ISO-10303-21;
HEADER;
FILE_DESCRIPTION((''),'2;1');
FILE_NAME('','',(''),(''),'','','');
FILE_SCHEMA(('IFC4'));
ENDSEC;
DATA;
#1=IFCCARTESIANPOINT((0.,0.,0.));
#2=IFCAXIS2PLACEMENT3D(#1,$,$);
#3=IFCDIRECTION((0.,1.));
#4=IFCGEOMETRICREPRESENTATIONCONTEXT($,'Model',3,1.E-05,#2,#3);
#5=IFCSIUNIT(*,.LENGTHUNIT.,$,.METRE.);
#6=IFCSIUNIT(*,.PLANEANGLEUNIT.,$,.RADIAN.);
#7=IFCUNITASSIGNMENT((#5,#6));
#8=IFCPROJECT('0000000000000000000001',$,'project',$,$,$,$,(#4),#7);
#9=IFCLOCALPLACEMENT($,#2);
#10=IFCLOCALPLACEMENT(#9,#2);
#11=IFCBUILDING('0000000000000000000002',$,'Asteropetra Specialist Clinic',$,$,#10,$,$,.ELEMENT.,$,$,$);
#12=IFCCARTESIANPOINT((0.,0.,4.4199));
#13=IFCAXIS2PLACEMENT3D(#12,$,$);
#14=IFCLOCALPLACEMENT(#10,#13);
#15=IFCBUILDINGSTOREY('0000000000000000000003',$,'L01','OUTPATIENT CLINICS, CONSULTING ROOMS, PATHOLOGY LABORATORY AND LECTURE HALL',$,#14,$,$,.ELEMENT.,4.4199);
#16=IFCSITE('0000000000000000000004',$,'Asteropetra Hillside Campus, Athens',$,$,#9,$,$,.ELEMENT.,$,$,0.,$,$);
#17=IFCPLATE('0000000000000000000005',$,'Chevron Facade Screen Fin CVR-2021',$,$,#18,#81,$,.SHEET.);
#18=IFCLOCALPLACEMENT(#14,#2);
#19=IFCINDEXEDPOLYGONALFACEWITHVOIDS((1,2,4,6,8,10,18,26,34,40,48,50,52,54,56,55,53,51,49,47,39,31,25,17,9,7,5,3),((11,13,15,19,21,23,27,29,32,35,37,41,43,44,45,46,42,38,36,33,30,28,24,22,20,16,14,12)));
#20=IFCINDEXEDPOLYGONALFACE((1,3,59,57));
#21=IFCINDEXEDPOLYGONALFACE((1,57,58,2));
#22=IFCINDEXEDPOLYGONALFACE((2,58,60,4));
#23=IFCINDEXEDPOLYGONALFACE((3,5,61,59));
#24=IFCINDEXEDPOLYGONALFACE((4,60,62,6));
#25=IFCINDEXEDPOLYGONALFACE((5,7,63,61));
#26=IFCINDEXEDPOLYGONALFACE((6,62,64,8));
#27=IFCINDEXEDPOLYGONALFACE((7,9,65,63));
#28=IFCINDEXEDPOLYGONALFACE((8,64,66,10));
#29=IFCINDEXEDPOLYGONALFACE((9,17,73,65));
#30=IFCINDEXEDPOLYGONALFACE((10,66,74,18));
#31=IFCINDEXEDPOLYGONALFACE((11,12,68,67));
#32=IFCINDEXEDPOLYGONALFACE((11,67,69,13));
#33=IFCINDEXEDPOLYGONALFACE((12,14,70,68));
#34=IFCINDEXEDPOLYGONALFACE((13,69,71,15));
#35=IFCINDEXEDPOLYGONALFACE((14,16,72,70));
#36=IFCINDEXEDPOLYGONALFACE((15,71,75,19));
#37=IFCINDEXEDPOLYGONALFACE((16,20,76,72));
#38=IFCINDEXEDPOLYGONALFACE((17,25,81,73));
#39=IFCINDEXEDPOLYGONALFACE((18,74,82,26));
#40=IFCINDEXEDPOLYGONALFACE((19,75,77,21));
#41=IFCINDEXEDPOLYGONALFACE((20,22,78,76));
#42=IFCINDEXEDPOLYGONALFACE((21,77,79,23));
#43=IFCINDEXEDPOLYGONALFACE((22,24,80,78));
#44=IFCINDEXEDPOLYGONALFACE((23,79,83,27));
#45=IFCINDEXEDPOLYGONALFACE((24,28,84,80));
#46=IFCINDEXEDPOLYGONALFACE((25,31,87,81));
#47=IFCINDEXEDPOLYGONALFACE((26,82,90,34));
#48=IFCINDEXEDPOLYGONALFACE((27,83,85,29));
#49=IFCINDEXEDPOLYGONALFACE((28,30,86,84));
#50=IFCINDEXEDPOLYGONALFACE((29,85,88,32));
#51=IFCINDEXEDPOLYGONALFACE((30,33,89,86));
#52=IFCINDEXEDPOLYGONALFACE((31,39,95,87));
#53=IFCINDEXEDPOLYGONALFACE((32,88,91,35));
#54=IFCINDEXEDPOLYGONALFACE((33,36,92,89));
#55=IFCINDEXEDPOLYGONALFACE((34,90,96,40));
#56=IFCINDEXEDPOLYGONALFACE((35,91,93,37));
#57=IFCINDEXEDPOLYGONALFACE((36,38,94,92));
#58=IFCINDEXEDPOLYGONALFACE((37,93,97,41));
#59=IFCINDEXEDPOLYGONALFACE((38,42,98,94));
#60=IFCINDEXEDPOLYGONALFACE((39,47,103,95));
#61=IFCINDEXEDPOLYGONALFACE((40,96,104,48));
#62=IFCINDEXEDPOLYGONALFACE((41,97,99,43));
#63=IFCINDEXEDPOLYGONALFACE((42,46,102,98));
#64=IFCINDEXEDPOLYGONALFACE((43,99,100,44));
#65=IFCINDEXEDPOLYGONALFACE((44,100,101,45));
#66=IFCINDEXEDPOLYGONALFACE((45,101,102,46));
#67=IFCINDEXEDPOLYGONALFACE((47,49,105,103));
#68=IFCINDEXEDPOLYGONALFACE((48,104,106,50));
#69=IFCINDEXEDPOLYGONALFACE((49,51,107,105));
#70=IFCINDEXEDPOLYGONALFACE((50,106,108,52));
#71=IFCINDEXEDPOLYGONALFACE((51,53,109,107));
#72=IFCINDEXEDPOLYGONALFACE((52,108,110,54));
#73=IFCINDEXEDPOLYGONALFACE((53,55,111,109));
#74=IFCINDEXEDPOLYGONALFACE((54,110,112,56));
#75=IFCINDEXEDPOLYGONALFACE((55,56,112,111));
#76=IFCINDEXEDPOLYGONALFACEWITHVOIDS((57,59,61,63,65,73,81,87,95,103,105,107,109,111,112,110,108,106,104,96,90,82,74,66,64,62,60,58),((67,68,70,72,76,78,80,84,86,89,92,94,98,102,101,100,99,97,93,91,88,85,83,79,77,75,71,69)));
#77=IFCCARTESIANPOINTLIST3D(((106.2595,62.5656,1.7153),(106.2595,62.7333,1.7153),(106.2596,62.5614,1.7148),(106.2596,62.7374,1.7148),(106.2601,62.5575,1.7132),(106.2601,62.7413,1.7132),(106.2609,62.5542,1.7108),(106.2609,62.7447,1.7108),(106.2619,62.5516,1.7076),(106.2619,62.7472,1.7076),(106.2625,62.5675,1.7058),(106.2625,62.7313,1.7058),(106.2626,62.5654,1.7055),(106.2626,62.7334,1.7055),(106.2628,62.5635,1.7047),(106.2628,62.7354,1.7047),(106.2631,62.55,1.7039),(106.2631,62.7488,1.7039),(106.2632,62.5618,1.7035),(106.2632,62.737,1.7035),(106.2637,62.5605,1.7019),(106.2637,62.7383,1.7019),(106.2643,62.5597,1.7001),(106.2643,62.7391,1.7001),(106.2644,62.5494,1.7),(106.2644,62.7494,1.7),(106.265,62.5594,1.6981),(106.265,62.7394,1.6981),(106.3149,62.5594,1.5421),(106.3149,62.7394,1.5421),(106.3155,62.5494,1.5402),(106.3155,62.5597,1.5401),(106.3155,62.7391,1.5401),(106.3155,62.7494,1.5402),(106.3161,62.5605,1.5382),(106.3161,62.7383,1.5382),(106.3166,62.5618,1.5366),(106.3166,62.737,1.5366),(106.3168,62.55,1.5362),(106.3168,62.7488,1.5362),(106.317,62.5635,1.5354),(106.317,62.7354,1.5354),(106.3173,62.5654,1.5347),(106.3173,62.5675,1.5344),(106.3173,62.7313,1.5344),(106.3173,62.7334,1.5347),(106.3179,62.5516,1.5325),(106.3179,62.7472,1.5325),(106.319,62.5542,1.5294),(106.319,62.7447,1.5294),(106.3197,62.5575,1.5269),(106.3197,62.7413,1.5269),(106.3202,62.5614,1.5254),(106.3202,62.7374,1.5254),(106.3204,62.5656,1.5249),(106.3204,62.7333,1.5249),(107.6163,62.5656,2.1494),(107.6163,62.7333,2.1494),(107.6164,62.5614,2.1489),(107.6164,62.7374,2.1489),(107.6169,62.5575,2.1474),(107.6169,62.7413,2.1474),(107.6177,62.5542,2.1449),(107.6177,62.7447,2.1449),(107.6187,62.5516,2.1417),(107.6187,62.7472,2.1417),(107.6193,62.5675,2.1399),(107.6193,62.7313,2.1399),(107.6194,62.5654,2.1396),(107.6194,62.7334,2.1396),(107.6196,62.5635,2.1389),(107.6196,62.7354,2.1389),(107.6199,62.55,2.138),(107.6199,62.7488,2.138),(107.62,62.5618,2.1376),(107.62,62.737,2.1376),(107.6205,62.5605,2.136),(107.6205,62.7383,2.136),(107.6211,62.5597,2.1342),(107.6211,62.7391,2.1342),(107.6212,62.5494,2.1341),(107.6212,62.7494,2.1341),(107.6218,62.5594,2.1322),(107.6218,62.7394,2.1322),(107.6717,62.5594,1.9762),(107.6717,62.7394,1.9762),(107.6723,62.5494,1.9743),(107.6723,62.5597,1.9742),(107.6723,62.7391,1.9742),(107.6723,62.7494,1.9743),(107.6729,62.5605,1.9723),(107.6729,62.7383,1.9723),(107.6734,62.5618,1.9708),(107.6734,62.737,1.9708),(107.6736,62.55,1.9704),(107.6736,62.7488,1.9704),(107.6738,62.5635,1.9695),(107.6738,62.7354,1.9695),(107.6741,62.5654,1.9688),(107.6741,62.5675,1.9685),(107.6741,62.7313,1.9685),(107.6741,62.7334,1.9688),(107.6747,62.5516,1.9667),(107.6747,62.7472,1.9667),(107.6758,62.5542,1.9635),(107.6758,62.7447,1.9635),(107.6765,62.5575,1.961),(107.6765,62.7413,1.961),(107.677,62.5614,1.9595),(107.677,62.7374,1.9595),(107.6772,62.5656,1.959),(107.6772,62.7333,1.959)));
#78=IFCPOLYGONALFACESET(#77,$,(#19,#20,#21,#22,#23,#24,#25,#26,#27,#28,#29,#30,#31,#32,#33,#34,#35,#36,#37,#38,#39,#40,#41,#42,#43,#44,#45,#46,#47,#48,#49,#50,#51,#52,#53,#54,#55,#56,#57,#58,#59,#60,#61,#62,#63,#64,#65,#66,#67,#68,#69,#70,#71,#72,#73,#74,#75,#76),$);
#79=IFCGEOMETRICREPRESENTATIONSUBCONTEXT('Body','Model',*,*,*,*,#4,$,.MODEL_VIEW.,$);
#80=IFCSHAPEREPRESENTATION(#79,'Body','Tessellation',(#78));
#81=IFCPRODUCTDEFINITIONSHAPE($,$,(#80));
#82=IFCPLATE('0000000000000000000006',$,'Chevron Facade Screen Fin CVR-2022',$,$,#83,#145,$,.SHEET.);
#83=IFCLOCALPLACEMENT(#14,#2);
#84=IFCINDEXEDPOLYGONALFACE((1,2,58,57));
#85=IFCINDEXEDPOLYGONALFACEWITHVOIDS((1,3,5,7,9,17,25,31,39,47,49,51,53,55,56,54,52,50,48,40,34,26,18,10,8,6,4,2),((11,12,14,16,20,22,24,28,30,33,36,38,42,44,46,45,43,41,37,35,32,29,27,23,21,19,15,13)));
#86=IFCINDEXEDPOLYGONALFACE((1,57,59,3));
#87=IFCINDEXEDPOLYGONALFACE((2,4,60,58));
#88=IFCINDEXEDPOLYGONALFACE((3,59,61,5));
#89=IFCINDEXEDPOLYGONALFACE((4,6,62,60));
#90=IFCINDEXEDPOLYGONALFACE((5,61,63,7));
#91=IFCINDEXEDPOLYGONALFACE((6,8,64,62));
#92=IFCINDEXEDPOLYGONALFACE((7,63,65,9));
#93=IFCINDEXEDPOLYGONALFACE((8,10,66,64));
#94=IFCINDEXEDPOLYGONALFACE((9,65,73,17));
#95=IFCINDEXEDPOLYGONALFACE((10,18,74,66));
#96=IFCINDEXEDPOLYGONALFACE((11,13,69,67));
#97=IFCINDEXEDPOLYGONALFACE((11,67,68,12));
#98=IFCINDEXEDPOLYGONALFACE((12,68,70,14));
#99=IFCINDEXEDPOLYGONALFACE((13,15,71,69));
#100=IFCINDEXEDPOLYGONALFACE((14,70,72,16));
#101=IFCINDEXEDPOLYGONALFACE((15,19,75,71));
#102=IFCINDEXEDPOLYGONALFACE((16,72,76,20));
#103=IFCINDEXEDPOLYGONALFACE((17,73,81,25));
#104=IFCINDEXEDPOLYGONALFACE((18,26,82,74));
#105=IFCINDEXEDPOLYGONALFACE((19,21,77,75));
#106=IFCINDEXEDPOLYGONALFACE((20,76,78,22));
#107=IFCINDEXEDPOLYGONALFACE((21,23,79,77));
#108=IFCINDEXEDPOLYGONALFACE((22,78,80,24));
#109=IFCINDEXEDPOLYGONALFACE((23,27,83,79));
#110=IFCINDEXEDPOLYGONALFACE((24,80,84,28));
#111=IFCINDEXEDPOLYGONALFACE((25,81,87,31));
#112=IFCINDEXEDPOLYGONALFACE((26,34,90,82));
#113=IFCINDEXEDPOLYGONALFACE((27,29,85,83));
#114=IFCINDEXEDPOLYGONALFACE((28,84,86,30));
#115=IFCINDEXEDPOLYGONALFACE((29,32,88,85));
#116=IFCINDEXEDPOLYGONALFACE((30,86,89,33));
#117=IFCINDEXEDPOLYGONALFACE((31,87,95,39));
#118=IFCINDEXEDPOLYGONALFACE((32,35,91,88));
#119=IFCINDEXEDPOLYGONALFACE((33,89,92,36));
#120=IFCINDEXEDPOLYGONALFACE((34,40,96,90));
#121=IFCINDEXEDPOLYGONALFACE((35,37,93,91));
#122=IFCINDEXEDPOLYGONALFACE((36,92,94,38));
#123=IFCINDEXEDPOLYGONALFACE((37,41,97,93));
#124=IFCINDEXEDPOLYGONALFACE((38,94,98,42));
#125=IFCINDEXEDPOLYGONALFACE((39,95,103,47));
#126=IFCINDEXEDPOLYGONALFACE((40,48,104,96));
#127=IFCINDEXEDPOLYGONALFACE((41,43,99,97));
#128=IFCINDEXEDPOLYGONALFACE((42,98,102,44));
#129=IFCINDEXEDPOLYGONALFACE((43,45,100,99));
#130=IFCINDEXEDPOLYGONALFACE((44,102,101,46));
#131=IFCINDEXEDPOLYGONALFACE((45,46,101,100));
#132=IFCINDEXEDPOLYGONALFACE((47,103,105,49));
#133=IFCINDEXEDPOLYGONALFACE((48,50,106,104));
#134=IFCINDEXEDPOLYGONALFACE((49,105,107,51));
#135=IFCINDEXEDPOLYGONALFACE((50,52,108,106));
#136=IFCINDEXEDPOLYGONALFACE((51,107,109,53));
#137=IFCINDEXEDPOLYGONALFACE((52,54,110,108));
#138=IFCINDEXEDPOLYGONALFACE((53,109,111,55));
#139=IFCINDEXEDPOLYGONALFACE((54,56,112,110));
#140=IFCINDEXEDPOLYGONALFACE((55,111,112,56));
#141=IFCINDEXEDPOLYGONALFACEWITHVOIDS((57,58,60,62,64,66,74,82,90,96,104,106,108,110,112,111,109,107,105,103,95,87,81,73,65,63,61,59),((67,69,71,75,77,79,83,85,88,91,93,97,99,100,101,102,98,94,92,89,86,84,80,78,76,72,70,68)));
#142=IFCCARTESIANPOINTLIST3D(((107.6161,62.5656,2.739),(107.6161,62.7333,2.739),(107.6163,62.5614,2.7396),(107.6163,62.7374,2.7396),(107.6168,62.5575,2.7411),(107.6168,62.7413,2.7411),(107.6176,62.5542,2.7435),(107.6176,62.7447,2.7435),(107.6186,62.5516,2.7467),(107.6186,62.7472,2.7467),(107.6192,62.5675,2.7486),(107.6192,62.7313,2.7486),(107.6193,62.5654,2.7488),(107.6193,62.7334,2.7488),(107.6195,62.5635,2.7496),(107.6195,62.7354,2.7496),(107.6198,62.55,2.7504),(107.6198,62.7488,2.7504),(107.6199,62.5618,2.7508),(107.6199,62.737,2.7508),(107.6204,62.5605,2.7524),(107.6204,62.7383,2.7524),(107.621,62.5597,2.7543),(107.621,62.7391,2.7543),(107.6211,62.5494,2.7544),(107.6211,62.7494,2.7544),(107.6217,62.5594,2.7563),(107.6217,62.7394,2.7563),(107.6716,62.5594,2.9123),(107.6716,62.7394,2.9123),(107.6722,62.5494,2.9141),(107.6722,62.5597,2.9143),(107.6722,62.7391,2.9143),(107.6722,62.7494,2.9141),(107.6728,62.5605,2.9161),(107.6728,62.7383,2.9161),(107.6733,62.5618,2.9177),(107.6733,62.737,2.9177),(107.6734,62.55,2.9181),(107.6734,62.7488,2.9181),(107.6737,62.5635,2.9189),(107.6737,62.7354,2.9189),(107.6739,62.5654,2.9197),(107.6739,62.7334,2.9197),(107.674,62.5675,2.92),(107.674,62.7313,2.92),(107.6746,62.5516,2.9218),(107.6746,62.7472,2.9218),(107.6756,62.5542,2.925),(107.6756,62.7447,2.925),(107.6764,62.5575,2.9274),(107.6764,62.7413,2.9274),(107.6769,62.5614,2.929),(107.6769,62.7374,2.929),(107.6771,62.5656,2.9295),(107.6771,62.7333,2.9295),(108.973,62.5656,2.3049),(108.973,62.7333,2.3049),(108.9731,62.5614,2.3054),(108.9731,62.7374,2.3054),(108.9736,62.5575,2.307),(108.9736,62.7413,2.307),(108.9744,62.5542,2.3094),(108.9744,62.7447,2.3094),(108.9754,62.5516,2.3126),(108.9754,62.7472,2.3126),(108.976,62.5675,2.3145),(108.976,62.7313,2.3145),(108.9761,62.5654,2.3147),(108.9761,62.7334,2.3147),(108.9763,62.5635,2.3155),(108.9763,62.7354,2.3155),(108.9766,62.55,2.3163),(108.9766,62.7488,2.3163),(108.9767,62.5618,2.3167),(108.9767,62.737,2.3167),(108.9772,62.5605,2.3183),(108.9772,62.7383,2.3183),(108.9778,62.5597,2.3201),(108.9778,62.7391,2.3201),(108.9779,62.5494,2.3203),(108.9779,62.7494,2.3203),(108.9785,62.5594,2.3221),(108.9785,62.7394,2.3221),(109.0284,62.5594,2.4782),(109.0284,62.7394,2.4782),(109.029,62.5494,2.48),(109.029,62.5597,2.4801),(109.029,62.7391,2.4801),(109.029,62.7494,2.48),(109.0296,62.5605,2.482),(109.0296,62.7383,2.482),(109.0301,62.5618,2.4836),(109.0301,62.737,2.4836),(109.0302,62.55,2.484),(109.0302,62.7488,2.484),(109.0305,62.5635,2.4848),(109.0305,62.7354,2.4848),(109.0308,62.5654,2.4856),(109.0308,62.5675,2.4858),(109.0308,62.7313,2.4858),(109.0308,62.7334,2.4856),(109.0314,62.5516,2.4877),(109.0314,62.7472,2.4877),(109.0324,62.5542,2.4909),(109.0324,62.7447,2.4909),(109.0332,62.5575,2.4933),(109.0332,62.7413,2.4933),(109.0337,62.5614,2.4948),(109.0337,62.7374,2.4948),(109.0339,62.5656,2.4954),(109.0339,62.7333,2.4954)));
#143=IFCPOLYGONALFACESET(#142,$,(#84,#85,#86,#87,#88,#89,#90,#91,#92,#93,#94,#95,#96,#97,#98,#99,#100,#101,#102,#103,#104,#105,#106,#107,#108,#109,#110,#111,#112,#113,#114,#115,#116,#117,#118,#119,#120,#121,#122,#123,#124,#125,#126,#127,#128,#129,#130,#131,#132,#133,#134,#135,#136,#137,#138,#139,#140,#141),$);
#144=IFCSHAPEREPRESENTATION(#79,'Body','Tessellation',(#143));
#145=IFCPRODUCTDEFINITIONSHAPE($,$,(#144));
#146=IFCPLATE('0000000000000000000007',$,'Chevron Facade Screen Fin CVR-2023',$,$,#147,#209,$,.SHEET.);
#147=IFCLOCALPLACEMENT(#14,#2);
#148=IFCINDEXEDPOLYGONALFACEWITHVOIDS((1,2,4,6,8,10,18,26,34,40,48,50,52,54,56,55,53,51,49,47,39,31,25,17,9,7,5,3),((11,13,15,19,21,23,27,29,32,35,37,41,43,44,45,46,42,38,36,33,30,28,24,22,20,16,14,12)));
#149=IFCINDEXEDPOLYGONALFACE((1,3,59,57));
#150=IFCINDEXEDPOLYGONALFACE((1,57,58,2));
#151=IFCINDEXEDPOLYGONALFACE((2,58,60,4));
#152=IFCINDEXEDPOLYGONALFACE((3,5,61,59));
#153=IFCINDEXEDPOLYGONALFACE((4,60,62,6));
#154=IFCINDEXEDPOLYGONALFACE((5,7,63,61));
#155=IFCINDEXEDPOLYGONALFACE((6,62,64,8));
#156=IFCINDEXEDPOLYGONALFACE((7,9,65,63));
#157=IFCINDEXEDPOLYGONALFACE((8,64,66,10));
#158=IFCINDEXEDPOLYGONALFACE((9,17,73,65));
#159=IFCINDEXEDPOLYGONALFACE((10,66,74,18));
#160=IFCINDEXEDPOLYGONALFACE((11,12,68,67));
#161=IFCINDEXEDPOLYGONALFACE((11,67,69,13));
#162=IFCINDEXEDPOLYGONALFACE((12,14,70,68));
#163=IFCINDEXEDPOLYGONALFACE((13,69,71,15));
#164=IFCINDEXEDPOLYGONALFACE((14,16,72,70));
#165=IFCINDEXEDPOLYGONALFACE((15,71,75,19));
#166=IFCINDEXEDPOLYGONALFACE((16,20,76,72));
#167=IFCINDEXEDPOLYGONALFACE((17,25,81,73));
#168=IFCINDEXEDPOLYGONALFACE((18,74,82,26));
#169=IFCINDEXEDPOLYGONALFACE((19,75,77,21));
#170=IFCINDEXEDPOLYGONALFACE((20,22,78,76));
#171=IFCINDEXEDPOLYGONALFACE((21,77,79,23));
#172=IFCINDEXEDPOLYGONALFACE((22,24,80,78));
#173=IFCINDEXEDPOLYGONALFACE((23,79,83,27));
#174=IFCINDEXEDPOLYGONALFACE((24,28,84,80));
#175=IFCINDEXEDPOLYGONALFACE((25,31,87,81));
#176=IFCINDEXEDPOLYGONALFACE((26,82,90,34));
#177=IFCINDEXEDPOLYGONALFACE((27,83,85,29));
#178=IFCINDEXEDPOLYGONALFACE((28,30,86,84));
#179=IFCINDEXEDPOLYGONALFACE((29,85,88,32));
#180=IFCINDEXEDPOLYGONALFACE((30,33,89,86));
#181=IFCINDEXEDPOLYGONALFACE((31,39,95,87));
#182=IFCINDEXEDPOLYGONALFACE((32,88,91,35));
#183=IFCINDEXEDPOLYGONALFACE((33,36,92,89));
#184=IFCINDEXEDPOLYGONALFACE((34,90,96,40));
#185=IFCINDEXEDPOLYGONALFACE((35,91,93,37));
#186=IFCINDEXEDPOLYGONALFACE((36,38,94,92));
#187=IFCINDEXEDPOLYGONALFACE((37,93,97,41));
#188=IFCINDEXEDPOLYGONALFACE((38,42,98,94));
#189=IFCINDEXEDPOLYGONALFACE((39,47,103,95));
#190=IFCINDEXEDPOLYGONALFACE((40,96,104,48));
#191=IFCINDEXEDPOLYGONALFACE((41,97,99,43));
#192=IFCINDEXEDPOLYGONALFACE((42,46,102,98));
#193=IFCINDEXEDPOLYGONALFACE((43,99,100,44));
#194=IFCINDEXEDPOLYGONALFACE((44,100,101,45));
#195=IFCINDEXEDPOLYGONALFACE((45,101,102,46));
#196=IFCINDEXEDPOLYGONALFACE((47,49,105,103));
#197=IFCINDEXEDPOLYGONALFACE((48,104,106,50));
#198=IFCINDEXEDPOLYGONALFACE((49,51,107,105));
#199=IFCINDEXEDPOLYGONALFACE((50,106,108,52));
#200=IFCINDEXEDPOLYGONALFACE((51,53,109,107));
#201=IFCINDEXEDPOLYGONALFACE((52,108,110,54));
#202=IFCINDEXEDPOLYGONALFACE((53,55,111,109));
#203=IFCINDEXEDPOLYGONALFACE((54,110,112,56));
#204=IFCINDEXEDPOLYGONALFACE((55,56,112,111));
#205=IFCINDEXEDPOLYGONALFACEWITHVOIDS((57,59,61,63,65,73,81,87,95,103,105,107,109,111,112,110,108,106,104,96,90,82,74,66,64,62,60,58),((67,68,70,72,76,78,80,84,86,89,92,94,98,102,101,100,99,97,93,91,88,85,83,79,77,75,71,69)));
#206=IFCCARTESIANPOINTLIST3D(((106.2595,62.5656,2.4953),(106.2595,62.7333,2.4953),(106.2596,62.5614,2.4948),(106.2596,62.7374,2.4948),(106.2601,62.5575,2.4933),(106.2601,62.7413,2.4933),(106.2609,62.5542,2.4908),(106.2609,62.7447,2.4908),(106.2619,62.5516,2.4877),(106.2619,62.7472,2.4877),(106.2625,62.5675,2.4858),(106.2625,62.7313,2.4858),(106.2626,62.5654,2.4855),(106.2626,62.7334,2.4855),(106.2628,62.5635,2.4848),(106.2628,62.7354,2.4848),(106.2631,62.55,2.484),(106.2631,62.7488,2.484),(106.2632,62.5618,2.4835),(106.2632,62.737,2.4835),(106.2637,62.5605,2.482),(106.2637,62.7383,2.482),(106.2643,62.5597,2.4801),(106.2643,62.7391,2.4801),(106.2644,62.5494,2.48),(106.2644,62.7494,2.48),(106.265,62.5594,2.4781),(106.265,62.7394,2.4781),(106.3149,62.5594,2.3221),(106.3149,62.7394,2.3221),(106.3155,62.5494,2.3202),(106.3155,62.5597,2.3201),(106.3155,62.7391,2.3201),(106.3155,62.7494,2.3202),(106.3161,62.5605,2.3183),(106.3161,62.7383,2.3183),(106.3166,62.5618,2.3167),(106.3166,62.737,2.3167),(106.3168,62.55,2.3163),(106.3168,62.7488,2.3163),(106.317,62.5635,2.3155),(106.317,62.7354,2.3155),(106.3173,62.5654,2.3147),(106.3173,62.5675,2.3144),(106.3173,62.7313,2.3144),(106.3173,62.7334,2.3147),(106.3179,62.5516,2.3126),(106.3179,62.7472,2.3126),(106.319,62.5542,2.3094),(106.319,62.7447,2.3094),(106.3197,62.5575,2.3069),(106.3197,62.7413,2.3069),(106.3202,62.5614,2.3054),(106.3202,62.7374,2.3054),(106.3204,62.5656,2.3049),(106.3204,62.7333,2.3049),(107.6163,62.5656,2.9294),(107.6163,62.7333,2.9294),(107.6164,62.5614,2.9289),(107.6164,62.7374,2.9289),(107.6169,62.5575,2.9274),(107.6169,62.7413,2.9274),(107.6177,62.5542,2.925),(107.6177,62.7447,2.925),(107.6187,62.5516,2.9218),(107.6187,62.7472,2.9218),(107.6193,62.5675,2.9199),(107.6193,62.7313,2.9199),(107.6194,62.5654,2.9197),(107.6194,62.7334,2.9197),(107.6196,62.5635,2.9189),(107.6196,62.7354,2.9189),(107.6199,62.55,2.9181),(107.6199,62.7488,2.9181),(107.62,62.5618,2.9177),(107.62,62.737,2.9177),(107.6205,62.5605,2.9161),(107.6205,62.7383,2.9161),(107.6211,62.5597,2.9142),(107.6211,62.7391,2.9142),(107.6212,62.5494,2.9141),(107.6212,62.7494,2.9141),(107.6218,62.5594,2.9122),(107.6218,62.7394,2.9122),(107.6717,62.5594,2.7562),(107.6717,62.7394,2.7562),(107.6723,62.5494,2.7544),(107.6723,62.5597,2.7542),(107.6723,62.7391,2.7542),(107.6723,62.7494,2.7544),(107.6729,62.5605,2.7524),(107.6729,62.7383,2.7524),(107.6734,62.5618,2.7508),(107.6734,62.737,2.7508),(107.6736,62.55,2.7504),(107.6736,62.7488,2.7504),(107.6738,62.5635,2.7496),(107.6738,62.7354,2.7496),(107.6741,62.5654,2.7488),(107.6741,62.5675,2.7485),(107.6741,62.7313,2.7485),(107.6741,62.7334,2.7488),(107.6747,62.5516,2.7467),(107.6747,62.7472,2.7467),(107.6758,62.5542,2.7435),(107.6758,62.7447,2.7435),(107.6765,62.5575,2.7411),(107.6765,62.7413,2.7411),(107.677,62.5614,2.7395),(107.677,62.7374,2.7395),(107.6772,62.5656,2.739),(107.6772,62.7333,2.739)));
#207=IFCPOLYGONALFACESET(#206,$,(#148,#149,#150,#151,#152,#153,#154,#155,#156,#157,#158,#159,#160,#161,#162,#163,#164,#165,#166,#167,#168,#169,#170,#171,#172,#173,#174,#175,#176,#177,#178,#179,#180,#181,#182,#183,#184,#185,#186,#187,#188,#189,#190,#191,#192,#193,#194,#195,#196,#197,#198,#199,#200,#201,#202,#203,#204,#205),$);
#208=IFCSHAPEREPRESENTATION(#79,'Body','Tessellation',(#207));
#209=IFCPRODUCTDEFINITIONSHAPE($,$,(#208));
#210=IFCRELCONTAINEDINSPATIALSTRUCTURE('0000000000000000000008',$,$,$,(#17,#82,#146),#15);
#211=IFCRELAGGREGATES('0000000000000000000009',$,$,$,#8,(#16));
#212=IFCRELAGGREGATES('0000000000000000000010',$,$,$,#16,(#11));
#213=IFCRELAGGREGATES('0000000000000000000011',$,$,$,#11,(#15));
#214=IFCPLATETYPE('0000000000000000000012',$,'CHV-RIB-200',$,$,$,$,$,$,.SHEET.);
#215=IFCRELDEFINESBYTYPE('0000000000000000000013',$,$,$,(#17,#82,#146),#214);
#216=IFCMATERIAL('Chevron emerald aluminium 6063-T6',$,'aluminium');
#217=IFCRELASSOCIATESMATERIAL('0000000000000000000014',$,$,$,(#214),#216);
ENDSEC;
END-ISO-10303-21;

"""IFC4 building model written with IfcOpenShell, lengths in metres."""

from ifc_helpers import new_model, si_unit, direction, frame, origin, origin_2d, place, context, subcontext, project, spatial, hollow_rectangle, extrude, material, material_profile, profile_set, type_object, element, save


model = new_model("IFC4")

# Units and contexts
model_context = context("Model", 3, precision=1e-05, world=origin(), true_north=direction((0.0, 1.0)))
body_context = subcontext(model_context, "Body", "Model", "MODEL_VIEW")
ifc_project = project(units=[si_unit("LENGTHUNIT", "METRE"), si_unit("PLANEANGLEUNIT", "RADIAN")], contexts=[model_context])

# Site, building, storey
site_placement = place(None, origin())
site = spatial("IfcSite", under=ifc_project, at=site_placement, Name="Asteropetra Hillside Campus, Athens", CompositionType="ELEMENT", RefElevation=0.0)
building_placement = place(site_placement, origin())
building = spatial("IfcBuilding", under=site, at=building_placement, Name="Asteropetra Specialist Clinic", CompositionType="ELEMENT")
storey_placement = place(building_placement, frame((0.0, 0.0, 4.4199)))
storey = spatial("IfcBuildingStorey", under=building, at=storey_placement, Name="L01", Description="OUTPATIENT CLINICS, CONSULTING ROOMS, PATHOLOGY LABORATORY AND LECTURE HALL", CompositionType="ELEMENT", Elevation=4.4199)

# Plates
ifc_material_1 = material(Name="Chevron emerald aluminium 6063-T6", Category="aluminium")
ifc_material_profile_1 = material_profile(ifc_material_1, hollow_rectangle(XDim=0.2, YDim=0.2, WallThickness=0.01, InnerFilletRadius=0.0081, OuterFilletRadius=0.0161, at=origin_2d()), Name="SHS 200x200x10.0")
ifc_profile_set_1 = profile_set([ifc_material_profile_1], Name="Chevron emerald aluminium 6063-T6")
plate_type_1 = type_object("IfcPlateType", Name="CHV-RIB-200", PredefinedType="SHEET", material=ifc_profile_set_1)
for number, where, z_axis, x_axis, name in (
    (1, (107.6467, 62.6494, 2.0542), (-0.952436, 0.0, -0.304738), (0.0, -1.0, 0.0), "Chevron Facade Screen Fin CVR-2021"),
    (2, (109.0034, 62.6494, 2.4001), (-0.952436, 0.0, 0.304738), (0.0, -1.0, 0.0), "Chevron Facade Screen Fin CVR-2022"),
    (3, (107.6467, 62.6494, 2.8342), (-0.952436, 0.0, -0.304738), (0.0, -1.0, 0.0), "Chevron Facade Screen Fin CVR-2023"),
):
    element("IfcPlate", number, at=place(storey_placement, frame(where, z_axis=z_axis, x_axis=x_axis)), inside=storey, type_object=plate_type_1, Name=name, PredefinedType="SHEET", context=body_context, shape_type="SweptSolid", body=[
        extrude(hollow_rectangle(XDim=0.2, YDim=0.2, WallThickness=0.01, InnerFilletRadius=0.0081, OuterFilletRadius=0.0161, at=origin_2d()), origin(), (0.0, 0.0, 1.0), 1.4246),
    ])

save(model, "model.ifc")
